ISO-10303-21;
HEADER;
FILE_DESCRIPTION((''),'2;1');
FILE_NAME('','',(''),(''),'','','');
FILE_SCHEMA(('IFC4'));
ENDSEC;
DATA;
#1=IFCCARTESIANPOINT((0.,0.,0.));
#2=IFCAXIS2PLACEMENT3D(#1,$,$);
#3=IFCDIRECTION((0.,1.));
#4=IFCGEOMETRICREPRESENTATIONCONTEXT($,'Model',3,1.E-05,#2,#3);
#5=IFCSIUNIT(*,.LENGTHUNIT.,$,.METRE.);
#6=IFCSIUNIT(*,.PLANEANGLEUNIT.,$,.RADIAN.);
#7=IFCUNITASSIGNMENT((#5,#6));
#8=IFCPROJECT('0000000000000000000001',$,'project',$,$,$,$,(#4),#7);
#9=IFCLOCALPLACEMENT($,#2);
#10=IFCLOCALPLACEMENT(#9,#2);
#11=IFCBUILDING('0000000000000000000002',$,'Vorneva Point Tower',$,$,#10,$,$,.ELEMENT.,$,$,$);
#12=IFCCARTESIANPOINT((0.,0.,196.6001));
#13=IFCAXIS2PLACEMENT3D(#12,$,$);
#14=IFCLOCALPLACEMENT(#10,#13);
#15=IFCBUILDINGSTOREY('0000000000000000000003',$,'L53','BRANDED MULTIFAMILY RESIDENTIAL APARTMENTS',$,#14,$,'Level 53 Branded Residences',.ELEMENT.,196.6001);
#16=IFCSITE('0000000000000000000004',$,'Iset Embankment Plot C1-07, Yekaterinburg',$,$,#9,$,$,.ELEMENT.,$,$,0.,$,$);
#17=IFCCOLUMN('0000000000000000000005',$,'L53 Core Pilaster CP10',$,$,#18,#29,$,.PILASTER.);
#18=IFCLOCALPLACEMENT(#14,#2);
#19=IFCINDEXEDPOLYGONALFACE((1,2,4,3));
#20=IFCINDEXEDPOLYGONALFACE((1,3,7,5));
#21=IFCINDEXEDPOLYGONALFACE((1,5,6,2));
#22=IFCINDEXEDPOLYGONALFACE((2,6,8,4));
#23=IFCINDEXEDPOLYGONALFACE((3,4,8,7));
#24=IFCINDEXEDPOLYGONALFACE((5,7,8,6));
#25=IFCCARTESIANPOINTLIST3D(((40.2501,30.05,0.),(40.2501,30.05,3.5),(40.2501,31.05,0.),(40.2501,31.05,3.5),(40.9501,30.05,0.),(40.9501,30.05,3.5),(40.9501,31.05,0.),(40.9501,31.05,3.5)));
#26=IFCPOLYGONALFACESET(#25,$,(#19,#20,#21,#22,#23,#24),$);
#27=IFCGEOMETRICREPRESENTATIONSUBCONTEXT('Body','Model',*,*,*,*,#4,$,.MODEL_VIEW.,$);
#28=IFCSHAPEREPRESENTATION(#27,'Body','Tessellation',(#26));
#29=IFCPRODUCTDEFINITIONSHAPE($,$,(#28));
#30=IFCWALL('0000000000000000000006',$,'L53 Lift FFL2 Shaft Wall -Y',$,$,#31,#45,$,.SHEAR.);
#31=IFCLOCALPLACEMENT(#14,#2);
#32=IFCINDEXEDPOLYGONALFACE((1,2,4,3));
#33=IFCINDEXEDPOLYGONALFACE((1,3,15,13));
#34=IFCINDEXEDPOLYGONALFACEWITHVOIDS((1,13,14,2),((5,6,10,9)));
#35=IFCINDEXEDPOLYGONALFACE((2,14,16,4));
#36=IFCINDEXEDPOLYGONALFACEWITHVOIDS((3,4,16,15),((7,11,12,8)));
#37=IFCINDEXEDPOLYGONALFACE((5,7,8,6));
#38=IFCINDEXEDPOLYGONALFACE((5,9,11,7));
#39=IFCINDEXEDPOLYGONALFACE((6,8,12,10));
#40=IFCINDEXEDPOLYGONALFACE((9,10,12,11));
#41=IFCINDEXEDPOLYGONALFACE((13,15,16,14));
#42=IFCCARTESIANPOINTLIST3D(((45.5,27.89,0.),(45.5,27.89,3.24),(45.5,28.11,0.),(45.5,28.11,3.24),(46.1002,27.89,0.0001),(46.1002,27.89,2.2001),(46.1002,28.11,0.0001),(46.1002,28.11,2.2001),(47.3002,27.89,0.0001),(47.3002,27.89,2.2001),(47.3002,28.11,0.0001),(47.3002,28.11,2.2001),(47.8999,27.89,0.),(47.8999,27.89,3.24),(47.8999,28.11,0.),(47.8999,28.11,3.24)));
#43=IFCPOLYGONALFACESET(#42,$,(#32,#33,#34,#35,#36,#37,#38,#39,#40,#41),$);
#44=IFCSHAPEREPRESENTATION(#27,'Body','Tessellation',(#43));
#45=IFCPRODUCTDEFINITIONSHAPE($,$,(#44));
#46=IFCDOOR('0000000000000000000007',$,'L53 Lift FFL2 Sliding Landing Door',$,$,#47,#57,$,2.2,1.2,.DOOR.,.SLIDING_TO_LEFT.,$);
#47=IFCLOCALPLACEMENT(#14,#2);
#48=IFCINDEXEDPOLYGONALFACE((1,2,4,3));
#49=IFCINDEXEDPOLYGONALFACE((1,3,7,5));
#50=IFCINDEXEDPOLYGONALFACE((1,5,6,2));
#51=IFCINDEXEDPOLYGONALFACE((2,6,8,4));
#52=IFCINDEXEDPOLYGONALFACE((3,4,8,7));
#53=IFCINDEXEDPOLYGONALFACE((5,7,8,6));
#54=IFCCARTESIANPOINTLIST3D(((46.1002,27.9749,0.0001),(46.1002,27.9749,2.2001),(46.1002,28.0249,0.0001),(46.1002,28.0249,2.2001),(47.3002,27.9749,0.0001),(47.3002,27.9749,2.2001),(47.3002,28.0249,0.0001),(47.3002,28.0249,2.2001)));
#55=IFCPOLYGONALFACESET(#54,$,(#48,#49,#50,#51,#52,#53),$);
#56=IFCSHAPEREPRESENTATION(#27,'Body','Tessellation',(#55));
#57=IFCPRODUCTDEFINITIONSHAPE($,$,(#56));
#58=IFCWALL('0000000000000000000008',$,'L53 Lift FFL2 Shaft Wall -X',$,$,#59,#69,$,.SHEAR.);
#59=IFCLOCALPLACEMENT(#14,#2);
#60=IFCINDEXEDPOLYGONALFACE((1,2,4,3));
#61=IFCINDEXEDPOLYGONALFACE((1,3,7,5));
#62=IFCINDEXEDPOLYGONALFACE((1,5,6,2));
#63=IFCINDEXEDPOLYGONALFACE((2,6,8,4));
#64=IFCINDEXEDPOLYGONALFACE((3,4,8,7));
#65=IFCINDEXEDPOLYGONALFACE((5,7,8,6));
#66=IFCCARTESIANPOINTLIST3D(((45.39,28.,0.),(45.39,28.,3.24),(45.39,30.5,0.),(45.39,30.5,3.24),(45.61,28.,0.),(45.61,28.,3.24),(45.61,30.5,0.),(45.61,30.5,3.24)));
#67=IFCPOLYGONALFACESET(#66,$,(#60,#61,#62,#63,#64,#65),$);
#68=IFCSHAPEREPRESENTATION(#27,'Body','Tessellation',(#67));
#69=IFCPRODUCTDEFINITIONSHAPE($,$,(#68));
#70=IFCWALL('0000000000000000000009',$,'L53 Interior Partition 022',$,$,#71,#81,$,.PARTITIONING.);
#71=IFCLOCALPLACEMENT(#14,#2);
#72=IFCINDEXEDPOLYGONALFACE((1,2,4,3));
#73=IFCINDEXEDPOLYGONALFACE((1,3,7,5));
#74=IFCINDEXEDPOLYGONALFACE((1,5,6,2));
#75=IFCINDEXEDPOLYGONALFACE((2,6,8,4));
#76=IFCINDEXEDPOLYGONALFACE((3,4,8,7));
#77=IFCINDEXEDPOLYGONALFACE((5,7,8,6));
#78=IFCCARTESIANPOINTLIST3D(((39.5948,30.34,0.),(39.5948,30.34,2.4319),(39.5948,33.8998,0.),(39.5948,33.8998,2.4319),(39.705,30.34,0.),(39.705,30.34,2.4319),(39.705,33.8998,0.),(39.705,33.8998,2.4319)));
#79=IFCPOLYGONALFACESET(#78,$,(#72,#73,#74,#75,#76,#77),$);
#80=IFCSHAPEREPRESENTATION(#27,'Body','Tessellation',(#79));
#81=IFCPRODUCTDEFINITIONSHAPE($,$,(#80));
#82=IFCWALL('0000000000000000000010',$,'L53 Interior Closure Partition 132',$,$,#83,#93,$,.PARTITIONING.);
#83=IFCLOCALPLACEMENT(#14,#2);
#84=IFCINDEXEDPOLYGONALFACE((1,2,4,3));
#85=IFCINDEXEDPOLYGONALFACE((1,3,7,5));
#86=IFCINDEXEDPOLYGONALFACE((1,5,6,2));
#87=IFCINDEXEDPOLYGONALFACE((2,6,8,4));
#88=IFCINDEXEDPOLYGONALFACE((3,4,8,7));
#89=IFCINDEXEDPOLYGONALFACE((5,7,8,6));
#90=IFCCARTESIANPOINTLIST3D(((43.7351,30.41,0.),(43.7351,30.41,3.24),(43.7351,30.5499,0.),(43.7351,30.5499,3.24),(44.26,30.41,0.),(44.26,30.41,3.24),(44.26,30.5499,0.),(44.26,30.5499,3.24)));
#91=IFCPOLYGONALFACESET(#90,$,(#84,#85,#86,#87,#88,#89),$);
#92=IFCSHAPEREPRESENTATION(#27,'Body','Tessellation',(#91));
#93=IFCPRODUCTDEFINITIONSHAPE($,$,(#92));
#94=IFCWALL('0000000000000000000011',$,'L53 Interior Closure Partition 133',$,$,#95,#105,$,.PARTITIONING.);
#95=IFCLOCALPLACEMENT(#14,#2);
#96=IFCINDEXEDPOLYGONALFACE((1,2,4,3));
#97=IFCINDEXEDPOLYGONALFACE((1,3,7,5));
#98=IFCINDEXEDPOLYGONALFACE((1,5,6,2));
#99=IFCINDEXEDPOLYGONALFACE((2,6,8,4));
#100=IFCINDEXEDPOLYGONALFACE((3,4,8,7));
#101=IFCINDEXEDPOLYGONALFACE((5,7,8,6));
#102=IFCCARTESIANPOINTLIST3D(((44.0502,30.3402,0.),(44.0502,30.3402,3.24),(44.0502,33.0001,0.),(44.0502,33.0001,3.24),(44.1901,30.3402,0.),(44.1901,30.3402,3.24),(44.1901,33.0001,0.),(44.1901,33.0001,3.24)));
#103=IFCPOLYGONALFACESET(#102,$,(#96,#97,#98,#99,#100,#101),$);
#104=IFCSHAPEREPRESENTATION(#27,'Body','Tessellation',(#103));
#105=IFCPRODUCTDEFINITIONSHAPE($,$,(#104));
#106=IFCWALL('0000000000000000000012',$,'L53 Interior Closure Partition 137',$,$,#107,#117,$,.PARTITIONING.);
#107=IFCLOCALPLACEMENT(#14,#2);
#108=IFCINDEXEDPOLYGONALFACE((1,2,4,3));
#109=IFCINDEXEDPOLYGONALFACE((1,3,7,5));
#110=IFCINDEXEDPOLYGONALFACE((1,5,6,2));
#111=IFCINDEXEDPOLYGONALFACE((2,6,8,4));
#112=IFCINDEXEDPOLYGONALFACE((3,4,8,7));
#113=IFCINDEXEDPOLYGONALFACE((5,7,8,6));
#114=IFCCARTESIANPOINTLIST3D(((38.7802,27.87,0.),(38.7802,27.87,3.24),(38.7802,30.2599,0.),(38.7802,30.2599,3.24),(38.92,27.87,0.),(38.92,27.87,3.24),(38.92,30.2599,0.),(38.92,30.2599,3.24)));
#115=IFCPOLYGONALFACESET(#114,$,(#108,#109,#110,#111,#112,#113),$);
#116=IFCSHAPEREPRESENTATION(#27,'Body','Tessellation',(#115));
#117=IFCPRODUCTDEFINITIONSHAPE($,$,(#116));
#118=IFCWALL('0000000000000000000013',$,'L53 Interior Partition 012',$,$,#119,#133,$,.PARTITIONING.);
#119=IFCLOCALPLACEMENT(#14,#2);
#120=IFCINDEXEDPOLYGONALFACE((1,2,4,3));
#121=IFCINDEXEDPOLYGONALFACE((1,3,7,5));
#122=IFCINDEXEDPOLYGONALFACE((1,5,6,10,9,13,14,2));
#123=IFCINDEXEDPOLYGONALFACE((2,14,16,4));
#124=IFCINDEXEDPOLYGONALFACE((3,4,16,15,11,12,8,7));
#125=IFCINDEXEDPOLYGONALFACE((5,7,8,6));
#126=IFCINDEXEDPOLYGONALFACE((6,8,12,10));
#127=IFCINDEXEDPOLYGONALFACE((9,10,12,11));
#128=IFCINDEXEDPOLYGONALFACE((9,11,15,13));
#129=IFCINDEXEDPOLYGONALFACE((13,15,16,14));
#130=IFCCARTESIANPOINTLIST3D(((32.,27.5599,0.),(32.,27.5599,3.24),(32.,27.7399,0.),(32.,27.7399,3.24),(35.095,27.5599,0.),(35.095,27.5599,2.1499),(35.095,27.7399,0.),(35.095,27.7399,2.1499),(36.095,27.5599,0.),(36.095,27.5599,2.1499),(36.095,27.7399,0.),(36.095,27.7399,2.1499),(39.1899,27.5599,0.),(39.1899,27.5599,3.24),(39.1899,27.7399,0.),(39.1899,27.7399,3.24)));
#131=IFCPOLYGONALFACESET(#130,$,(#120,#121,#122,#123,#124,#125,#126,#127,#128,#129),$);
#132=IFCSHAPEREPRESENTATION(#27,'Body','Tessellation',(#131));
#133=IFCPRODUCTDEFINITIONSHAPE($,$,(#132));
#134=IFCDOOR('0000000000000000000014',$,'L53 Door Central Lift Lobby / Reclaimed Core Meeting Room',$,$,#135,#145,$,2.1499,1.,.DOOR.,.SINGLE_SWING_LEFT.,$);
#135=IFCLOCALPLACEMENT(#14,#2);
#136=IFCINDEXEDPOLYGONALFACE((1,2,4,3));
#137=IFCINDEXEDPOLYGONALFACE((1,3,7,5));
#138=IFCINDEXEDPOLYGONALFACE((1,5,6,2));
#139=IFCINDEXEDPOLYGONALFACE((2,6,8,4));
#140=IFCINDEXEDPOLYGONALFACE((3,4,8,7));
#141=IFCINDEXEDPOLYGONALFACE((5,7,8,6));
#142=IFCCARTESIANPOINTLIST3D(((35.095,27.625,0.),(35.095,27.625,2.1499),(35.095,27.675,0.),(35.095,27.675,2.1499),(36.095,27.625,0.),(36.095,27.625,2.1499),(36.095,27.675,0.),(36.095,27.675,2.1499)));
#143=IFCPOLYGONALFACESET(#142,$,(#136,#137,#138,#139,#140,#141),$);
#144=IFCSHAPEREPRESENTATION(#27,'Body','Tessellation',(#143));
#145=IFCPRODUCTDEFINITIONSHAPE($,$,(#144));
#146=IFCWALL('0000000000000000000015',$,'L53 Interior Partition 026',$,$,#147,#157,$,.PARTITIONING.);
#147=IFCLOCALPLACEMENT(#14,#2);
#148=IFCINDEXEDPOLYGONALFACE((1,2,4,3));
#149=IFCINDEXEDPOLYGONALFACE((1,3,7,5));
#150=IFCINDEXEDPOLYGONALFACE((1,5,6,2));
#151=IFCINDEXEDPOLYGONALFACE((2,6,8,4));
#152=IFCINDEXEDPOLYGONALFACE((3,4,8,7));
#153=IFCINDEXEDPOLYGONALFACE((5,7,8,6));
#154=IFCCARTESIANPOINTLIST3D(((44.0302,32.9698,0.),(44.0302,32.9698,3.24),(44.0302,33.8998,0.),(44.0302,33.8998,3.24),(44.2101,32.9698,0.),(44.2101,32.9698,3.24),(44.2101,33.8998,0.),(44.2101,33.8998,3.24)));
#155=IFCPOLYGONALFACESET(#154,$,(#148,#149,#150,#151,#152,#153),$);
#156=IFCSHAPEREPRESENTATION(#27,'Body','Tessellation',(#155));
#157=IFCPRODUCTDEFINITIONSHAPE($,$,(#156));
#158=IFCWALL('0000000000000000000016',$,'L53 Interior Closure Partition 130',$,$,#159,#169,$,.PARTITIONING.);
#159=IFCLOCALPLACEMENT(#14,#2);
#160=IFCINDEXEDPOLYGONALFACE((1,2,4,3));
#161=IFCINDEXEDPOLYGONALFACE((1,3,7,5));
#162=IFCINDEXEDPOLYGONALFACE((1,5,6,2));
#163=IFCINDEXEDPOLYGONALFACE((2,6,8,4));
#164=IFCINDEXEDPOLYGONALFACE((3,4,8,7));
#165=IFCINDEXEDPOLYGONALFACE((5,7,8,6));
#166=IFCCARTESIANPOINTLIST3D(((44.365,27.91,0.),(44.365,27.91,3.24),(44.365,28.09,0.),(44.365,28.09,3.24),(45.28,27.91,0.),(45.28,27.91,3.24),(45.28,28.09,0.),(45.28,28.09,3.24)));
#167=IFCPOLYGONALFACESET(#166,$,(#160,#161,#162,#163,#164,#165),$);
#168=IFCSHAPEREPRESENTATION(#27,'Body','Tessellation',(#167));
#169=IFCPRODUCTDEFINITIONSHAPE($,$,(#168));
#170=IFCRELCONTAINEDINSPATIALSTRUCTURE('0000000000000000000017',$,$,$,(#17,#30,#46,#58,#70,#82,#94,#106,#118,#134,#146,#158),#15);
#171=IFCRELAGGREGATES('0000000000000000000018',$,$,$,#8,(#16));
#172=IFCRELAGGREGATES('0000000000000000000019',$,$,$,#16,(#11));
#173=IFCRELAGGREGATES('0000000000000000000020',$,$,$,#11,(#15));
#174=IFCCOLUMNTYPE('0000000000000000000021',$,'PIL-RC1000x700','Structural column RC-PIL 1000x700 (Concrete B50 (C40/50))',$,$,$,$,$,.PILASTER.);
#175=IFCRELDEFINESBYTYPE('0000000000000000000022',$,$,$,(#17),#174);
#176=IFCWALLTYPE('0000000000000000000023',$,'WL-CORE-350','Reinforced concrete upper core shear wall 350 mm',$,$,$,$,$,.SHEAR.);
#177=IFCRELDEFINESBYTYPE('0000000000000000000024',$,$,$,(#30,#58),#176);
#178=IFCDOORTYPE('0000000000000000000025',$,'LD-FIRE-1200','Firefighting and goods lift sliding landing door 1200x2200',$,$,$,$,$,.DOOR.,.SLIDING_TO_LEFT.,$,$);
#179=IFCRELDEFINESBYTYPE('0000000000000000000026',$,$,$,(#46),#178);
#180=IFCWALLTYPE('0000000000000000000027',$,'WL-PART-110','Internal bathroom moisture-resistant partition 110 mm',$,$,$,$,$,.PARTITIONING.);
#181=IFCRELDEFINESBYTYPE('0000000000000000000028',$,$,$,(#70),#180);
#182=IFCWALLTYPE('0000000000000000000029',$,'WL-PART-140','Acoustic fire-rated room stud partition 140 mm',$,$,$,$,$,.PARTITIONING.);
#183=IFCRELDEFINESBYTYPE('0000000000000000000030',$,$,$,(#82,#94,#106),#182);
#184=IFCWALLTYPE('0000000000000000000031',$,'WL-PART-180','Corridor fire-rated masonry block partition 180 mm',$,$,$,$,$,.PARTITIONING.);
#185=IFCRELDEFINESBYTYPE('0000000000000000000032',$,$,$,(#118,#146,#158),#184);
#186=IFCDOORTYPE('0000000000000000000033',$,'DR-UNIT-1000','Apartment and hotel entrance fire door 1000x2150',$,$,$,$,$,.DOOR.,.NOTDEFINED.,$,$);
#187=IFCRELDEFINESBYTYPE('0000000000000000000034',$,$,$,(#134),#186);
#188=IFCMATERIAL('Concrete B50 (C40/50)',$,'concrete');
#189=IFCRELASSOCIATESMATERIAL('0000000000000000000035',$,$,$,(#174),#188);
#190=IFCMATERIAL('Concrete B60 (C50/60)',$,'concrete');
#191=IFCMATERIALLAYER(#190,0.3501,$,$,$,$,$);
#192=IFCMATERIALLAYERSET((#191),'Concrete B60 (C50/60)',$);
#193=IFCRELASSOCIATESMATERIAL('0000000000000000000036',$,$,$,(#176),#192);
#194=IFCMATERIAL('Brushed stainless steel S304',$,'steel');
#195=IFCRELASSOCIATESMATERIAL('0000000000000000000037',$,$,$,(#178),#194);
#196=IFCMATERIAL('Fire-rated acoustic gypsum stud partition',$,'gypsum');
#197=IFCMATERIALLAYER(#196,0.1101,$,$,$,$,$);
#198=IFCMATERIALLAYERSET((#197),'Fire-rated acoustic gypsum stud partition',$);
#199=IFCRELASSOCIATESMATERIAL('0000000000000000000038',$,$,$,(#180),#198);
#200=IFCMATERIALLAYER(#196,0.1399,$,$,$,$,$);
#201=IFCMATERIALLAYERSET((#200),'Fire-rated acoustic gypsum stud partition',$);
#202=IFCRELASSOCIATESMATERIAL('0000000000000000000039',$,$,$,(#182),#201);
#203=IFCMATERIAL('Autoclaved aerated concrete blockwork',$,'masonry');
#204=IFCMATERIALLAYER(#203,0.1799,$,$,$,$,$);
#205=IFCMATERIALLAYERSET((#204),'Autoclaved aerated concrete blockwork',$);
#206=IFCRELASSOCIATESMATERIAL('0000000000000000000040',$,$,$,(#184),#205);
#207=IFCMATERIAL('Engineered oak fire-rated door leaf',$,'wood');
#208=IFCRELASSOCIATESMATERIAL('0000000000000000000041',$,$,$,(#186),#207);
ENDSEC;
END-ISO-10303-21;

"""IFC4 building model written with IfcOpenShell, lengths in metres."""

from ifc_helpers import new_model, si_unit, direction, frame, frame_2d, origin, origin_2d, place, context, subcontext, project, spatial, rectangle, extrude, material, layer, layer_set, material_profile, profile_set, type_object, element, fill, save


model = new_model("IFC4")

# Units and contexts
model_context = context("Model", 3, precision=1e-05, world=origin(), true_north=direction((0.0, 1.0)))
body_context = subcontext(model_context, "Body", "Model", "MODEL_VIEW")
ifc_project = project(units=[si_unit("LENGTHUNIT", "METRE"), si_unit("PLANEANGLEUNIT", "RADIAN")], contexts=[model_context])

# Site, building, storey
site_placement = place(None, origin())
site = spatial("IfcSite", under=ifc_project, at=site_placement, Name="Iset Embankment Plot C1-07, Yekaterinburg", CompositionType="ELEMENT", RefElevation=0.0)
building_placement = place(site_placement, origin())
building = spatial("IfcBuilding", under=site, at=building_placement, Name="Vorneva Point Tower", CompositionType="ELEMENT")
storey_placement = place(building_placement, frame((0.0, 0.0, 196.6001)))
storey = spatial("IfcBuildingStorey", under=building, at=storey_placement, Name="L53", Description="BRANDED MULTIFAMILY RESIDENTIAL APARTMENTS", LongName="Level 53 Branded Residences", CompositionType="ELEMENT", Elevation=196.6001)

# Column
ifc_material_1 = material(Name="Concrete B50 (C40/50)", Category="concrete")
ifc_material_profile = material_profile(ifc_material_1, rectangle(XDim=0.7, YDim=1.0, at=origin_2d()), Name="RC-PIL 1000x700")
ifc_profile_set = profile_set([ifc_material_profile], Name="Concrete B50 (C40/50)")
column_type = type_object("IfcColumnType", Name="PIL-RC1000x700", Description="Structural column RC-PIL 1000x700 (Concrete B50 (C40/50))", PredefinedType="PILASTER", material=ifc_profile_set)
column_placement = place(storey_placement, frame((40.6001, 30.55, 0.0), z_axis=(0.0, 0.0, 1.0), x_axis=(1.0, 0.0, 0.0)))
element("IfcColumn", 1, at=column_placement, inside=storey, type_object=column_type, Name="L53 Core Pilaster CP10", PredefinedType="PILASTER", context=body_context, shape_type="SweptSolid", body=[
    extrude(rectangle(XDim=0.7, YDim=1.0, at=origin_2d()), origin(), (0.0, 0.0, 1.0), 3.5),
])

# Wall, opening, door
ifc_material_2 = material(Name="Concrete B60 (C50/60)", Category="concrete")
ifc_layer_1 = layer(ifc_material_2, 0.3501)
ifc_layer_set_1 = layer_set([ifc_layer_1], Name="Concrete B60 (C50/60)")
wall_type_1 = type_object("IfcWallType", Name="WL-CORE-350", Description="Reinforced concrete upper core shear wall 350 mm", PredefinedType="SHEAR", material=ifc_layer_set_1)
wall_1_placement = place(storey_placement, frame((45.5, 28.0, 0.0), z_axis=(0.0, 0.0, 1.0), x_axis=(1.0, 0.0, 0.0)))
wall_1 = element("IfcWall", 2, at=wall_1_placement, inside=storey, type_object=wall_type_1, Name="L53 Lift FFL2 Shaft Wall -Y", PredefinedType="SHEAR", context=body_context, shape_type="SweptSolid", body=[
    extrude(rectangle(XDim=2.3999, YDim=0.22, at=frame_2d((1.2, 0.0))), origin(), (0.0, 0.0, 1.0), 3.24),
])
opening_1_placement = place(wall_1_placement, frame((0.6001, 0.0, 0.0)))
opening_1 = element("IfcOpeningElement", 3, at=opening_1_placement, cuts=wall_1, PredefinedType="OPENING", context=body_context, shape_type="SweptSolid", body=[
    extrude(rectangle(XDim=1.2, YDim=2.2, at=frame_2d((0.6001, 1.1001))), frame((0.0, 0.125, 0.0), z_axis=(0.0, -1.0, 0.0), x_axis=(1.0, 0.0, 0.0)), (0.0, 0.0, 1.0), 0.2498),
])
ifc_material_3 = material(Name="Brushed stainless steel S304", Category="steel")
door_type_1 = type_object("IfcDoorType", Name="LD-FIRE-1200", Description="Firefighting and goods lift sliding landing door 1200x2200", OperationType="SLIDING_TO_LEFT", PredefinedType="DOOR", material=ifc_material_3)
door_1_placement = place(opening_1_placement, origin())
door_1 = element("IfcDoor", 4, at=door_1_placement, inside=storey, type_object=door_type_1, Name="L53 Lift FFL2 Sliding Landing Door", OperationType="SLIDING_TO_LEFT", OverallHeight=2.2, OverallWidth=1.2, PredefinedType="DOOR", context=body_context, shape_type="SweptSolid", body=[
    extrude(rectangle(XDim=1.2, YDim=2.2, at=frame_2d((0.6001, 1.1001))), frame((0.0, 0.0249, 0.0), z_axis=(0.0, -1.0, 0.0), x_axis=(1.0, 0.0, 0.0)), (0.0, 0.0, 1.0), 0.05),
])
fill(opening_1, door_1)

# Walls
wall_2_placement = place(storey_placement, frame((45.5, 30.5, 0.0), z_axis=(0.0, 0.0, 1.0), x_axis=(0.0, -1.0, 0.0)))
element("IfcWall", 5, at=wall_2_placement, inside=storey, type_object=wall_type_1, Name="L53 Lift FFL2 Shaft Wall -X", PredefinedType="SHEAR", context=body_context, shape_type="SweptSolid", body=[
    extrude(rectangle(XDim=2.5, YDim=0.22, at=frame_2d((1.25, 0.0))), origin(), (0.0, 0.0, 1.0), 3.24),
])
ifc_material_4 = material(Name="Fire-rated acoustic gypsum stud partition", Category="gypsum")
ifc_layer_2 = layer(ifc_material_4, 0.1101)
ifc_layer_set_2 = layer_set([ifc_layer_2], Name="Fire-rated acoustic gypsum stud partition")
wall_type_2 = type_object("IfcWallType", Name="WL-PART-110", Description="Internal bathroom moisture-resistant partition 110 mm", PredefinedType="PARTITIONING", material=ifc_layer_set_2)
wall_3_placement = place(storey_placement, frame((39.6499, 30.3401, 0.0), z_axis=(0.0, 0.0, 1.0), x_axis=(0.0, 1.0, 0.0)))
element("IfcWall", 6, at=wall_3_placement, inside=storey, type_object=wall_type_2, Name="L53 Interior Partition 022", PredefinedType="PARTITIONING", context=body_context, shape_type="SweptSolid", body=[
    extrude(rectangle(XDim=3.5598, YDim=0.1101, at=frame_2d((1.7798, 0.0))), origin(), (0.0, 0.0, 1.0), 2.4319),
])
ifc_layer_3 = layer(ifc_material_4, 0.1399)
ifc_layer_set_3 = layer_set([ifc_layer_3], Name="Fire-rated acoustic gypsum stud partition")
wall_type_3 = type_object("IfcWallType", Name="WL-PART-140", Description="Acoustic fire-rated room stud partition 140 mm", PredefinedType="PARTITIONING", material=ifc_layer_set_3)
wall_4_placement = place(storey_placement, frame((43.7351, 30.48, 0.0), z_axis=(0.0, 0.0, 1.0), x_axis=(1.0, 0.0, 0.0)))
element("IfcWall", 7, at=wall_4_placement, inside=storey, type_object=wall_type_3, Name="L53 Interior Closure Partition 132", PredefinedType="PARTITIONING", context=body_context, shape_type="SweptSolid", body=[
    extrude(rectangle(XDim=0.5249, YDim=0.1399, at=frame_2d((0.2625, 0.0))), origin(), (0.0, 0.0, 1.0), 3.24),
])
wall_5_placement = place(storey_placement, frame((44.1201, 30.3401, 0.0), z_axis=(0.0, 0.0, 1.0), x_axis=(0.0, 1.0, 0.0)))
element("IfcWall", 8, at=wall_5_placement, inside=storey, type_object=wall_type_3, Name="L53 Interior Closure Partition 133", PredefinedType="PARTITIONING", context=body_context, shape_type="SweptSolid", body=[
    extrude(rectangle(XDim=2.6599, YDim=0.1399, at=frame_2d((1.3301, 0.0))), origin(), (0.0, 0.0, 1.0), 3.24),
])
wall_6_placement = place(storey_placement, frame((38.8501, 27.8701, 0.0), z_axis=(0.0, 0.0, 1.0), x_axis=(0.0, 1.0, 0.0)))
element("IfcWall", 9, at=wall_6_placement, inside=storey, type_object=wall_type_3, Name="L53 Interior Closure Partition 137", PredefinedType="PARTITIONING", context=body_context, shape_type="SweptSolid", body=[
    extrude(rectangle(XDim=2.3899, YDim=0.1399, at=frame_2d((1.1948, 0.0))), origin(), (0.0, 0.0, 1.0), 3.24),
])

# Wall, opening, door
ifc_material_5 = material(Name="Autoclaved aerated concrete blockwork", Category="masonry")
ifc_layer_4 = layer(ifc_material_5, 0.1799)
ifc_layer_set_4 = layer_set([ifc_layer_4], Name="Autoclaved aerated concrete blockwork")
wall_type_4 = type_object("IfcWallType", Name="WL-PART-180", Description="Corridor fire-rated masonry block partition 180 mm", PredefinedType="PARTITIONING", material=ifc_layer_set_4)
wall_7_placement = place(storey_placement, frame((39.1899, 27.6499, 0.0), z_axis=(0.0, 0.0, 1.0), x_axis=(-1.0, 0.0, 0.0)))
wall_7 = element("IfcWall", 10, at=wall_7_placement, inside=storey, type_object=wall_type_4, Name="L53 Interior Partition 012", PredefinedType="PARTITIONING", context=body_context, shape_type="SweptSolid", body=[
    extrude(rectangle(XDim=7.1899, YDim=0.1799, at=frame_2d((3.595, 0.0))), origin(), (0.0, 0.0, 1.0), 3.24),
])
opening_2_placement = place(wall_7_placement, frame((3.095, 0.0, 0.0)))
opening_2 = element("IfcOpeningElement", 11, at=opening_2_placement, cuts=wall_7, PredefinedType="OPENING", context=body_context, shape_type="SweptSolid", body=[
    extrude(rectangle(XDim=1.0, YDim=2.1499, at=frame_2d((0.5, 1.075))), frame((0.0, 0.105, 0.0), z_axis=(0.0, -1.0, 0.0), x_axis=(1.0, 0.0, 0.0)), (0.0, 0.0, 1.0), 0.2097),
])
ifc_material_6 = material(Name="Engineered oak fire-rated door leaf", Category="wood")
door_type_2 = type_object("IfcDoorType", Name="DR-UNIT-1000", Description="Apartment and hotel entrance fire door 1000x2150", OperationType="NOTDEFINED", PredefinedType="DOOR", material=ifc_material_6)
door_2_placement = place(opening_2_placement, origin())
door_2 = element("IfcDoor", 12, at=door_2_placement, inside=storey, type_object=door_type_2, Name="L53 Door Central Lift Lobby / Reclaimed Core Meeting Room", OperationType="SINGLE_SWING_LEFT", OverallHeight=2.1499, OverallWidth=1.0, PredefinedType="DOOR", context=body_context, shape_type="SweptSolid", body=[
    extrude(rectangle(XDim=1.0, YDim=2.1499, at=frame_2d((0.5, 1.075))), frame((0.0, 0.0249, 0.0), z_axis=(0.0, -1.0, 0.0), x_axis=(1.0, 0.0, 0.0)), (0.0, 0.0, 1.0), 0.05),
])
fill(opening_2, door_2)

# Walls
wall_8_placement = place(storey_placement, frame((44.1201, 32.97, 0.0), z_axis=(0.0, 0.0, 1.0), x_axis=(0.0, 1.0, 0.0)))
element("IfcWall", 13, at=wall_8_placement, inside=storey, type_object=wall_type_4, Name="L53 Interior Partition 026", PredefinedType="PARTITIONING", context=body_context, shape_type="SweptSolid", body=[
    extrude(rectangle(XDim=0.9299, YDim=0.1799, at=frame_2d((0.4648, 0.0))), origin(), (0.0, 0.0, 1.0), 3.24),
])
wall_9_placement = place(storey_placement, frame((45.28, 28.0, 0.0), z_axis=(0.0, 0.0, 1.0), x_axis=(-1.0, 0.0, 0.0)))
element("IfcWall", 14, at=wall_9_placement, inside=storey, type_object=wall_type_4, Name="L53 Interior Closure Partition 130", PredefinedType="PARTITIONING", context=body_context, shape_type="SweptSolid", body=[
    extrude(rectangle(XDim=0.915, YDim=0.1799, at=frame_2d((0.4575, 0.0))), origin(), (0.0, 0.0, 1.0), 3.24),
])

save(model, "model.ifc")
